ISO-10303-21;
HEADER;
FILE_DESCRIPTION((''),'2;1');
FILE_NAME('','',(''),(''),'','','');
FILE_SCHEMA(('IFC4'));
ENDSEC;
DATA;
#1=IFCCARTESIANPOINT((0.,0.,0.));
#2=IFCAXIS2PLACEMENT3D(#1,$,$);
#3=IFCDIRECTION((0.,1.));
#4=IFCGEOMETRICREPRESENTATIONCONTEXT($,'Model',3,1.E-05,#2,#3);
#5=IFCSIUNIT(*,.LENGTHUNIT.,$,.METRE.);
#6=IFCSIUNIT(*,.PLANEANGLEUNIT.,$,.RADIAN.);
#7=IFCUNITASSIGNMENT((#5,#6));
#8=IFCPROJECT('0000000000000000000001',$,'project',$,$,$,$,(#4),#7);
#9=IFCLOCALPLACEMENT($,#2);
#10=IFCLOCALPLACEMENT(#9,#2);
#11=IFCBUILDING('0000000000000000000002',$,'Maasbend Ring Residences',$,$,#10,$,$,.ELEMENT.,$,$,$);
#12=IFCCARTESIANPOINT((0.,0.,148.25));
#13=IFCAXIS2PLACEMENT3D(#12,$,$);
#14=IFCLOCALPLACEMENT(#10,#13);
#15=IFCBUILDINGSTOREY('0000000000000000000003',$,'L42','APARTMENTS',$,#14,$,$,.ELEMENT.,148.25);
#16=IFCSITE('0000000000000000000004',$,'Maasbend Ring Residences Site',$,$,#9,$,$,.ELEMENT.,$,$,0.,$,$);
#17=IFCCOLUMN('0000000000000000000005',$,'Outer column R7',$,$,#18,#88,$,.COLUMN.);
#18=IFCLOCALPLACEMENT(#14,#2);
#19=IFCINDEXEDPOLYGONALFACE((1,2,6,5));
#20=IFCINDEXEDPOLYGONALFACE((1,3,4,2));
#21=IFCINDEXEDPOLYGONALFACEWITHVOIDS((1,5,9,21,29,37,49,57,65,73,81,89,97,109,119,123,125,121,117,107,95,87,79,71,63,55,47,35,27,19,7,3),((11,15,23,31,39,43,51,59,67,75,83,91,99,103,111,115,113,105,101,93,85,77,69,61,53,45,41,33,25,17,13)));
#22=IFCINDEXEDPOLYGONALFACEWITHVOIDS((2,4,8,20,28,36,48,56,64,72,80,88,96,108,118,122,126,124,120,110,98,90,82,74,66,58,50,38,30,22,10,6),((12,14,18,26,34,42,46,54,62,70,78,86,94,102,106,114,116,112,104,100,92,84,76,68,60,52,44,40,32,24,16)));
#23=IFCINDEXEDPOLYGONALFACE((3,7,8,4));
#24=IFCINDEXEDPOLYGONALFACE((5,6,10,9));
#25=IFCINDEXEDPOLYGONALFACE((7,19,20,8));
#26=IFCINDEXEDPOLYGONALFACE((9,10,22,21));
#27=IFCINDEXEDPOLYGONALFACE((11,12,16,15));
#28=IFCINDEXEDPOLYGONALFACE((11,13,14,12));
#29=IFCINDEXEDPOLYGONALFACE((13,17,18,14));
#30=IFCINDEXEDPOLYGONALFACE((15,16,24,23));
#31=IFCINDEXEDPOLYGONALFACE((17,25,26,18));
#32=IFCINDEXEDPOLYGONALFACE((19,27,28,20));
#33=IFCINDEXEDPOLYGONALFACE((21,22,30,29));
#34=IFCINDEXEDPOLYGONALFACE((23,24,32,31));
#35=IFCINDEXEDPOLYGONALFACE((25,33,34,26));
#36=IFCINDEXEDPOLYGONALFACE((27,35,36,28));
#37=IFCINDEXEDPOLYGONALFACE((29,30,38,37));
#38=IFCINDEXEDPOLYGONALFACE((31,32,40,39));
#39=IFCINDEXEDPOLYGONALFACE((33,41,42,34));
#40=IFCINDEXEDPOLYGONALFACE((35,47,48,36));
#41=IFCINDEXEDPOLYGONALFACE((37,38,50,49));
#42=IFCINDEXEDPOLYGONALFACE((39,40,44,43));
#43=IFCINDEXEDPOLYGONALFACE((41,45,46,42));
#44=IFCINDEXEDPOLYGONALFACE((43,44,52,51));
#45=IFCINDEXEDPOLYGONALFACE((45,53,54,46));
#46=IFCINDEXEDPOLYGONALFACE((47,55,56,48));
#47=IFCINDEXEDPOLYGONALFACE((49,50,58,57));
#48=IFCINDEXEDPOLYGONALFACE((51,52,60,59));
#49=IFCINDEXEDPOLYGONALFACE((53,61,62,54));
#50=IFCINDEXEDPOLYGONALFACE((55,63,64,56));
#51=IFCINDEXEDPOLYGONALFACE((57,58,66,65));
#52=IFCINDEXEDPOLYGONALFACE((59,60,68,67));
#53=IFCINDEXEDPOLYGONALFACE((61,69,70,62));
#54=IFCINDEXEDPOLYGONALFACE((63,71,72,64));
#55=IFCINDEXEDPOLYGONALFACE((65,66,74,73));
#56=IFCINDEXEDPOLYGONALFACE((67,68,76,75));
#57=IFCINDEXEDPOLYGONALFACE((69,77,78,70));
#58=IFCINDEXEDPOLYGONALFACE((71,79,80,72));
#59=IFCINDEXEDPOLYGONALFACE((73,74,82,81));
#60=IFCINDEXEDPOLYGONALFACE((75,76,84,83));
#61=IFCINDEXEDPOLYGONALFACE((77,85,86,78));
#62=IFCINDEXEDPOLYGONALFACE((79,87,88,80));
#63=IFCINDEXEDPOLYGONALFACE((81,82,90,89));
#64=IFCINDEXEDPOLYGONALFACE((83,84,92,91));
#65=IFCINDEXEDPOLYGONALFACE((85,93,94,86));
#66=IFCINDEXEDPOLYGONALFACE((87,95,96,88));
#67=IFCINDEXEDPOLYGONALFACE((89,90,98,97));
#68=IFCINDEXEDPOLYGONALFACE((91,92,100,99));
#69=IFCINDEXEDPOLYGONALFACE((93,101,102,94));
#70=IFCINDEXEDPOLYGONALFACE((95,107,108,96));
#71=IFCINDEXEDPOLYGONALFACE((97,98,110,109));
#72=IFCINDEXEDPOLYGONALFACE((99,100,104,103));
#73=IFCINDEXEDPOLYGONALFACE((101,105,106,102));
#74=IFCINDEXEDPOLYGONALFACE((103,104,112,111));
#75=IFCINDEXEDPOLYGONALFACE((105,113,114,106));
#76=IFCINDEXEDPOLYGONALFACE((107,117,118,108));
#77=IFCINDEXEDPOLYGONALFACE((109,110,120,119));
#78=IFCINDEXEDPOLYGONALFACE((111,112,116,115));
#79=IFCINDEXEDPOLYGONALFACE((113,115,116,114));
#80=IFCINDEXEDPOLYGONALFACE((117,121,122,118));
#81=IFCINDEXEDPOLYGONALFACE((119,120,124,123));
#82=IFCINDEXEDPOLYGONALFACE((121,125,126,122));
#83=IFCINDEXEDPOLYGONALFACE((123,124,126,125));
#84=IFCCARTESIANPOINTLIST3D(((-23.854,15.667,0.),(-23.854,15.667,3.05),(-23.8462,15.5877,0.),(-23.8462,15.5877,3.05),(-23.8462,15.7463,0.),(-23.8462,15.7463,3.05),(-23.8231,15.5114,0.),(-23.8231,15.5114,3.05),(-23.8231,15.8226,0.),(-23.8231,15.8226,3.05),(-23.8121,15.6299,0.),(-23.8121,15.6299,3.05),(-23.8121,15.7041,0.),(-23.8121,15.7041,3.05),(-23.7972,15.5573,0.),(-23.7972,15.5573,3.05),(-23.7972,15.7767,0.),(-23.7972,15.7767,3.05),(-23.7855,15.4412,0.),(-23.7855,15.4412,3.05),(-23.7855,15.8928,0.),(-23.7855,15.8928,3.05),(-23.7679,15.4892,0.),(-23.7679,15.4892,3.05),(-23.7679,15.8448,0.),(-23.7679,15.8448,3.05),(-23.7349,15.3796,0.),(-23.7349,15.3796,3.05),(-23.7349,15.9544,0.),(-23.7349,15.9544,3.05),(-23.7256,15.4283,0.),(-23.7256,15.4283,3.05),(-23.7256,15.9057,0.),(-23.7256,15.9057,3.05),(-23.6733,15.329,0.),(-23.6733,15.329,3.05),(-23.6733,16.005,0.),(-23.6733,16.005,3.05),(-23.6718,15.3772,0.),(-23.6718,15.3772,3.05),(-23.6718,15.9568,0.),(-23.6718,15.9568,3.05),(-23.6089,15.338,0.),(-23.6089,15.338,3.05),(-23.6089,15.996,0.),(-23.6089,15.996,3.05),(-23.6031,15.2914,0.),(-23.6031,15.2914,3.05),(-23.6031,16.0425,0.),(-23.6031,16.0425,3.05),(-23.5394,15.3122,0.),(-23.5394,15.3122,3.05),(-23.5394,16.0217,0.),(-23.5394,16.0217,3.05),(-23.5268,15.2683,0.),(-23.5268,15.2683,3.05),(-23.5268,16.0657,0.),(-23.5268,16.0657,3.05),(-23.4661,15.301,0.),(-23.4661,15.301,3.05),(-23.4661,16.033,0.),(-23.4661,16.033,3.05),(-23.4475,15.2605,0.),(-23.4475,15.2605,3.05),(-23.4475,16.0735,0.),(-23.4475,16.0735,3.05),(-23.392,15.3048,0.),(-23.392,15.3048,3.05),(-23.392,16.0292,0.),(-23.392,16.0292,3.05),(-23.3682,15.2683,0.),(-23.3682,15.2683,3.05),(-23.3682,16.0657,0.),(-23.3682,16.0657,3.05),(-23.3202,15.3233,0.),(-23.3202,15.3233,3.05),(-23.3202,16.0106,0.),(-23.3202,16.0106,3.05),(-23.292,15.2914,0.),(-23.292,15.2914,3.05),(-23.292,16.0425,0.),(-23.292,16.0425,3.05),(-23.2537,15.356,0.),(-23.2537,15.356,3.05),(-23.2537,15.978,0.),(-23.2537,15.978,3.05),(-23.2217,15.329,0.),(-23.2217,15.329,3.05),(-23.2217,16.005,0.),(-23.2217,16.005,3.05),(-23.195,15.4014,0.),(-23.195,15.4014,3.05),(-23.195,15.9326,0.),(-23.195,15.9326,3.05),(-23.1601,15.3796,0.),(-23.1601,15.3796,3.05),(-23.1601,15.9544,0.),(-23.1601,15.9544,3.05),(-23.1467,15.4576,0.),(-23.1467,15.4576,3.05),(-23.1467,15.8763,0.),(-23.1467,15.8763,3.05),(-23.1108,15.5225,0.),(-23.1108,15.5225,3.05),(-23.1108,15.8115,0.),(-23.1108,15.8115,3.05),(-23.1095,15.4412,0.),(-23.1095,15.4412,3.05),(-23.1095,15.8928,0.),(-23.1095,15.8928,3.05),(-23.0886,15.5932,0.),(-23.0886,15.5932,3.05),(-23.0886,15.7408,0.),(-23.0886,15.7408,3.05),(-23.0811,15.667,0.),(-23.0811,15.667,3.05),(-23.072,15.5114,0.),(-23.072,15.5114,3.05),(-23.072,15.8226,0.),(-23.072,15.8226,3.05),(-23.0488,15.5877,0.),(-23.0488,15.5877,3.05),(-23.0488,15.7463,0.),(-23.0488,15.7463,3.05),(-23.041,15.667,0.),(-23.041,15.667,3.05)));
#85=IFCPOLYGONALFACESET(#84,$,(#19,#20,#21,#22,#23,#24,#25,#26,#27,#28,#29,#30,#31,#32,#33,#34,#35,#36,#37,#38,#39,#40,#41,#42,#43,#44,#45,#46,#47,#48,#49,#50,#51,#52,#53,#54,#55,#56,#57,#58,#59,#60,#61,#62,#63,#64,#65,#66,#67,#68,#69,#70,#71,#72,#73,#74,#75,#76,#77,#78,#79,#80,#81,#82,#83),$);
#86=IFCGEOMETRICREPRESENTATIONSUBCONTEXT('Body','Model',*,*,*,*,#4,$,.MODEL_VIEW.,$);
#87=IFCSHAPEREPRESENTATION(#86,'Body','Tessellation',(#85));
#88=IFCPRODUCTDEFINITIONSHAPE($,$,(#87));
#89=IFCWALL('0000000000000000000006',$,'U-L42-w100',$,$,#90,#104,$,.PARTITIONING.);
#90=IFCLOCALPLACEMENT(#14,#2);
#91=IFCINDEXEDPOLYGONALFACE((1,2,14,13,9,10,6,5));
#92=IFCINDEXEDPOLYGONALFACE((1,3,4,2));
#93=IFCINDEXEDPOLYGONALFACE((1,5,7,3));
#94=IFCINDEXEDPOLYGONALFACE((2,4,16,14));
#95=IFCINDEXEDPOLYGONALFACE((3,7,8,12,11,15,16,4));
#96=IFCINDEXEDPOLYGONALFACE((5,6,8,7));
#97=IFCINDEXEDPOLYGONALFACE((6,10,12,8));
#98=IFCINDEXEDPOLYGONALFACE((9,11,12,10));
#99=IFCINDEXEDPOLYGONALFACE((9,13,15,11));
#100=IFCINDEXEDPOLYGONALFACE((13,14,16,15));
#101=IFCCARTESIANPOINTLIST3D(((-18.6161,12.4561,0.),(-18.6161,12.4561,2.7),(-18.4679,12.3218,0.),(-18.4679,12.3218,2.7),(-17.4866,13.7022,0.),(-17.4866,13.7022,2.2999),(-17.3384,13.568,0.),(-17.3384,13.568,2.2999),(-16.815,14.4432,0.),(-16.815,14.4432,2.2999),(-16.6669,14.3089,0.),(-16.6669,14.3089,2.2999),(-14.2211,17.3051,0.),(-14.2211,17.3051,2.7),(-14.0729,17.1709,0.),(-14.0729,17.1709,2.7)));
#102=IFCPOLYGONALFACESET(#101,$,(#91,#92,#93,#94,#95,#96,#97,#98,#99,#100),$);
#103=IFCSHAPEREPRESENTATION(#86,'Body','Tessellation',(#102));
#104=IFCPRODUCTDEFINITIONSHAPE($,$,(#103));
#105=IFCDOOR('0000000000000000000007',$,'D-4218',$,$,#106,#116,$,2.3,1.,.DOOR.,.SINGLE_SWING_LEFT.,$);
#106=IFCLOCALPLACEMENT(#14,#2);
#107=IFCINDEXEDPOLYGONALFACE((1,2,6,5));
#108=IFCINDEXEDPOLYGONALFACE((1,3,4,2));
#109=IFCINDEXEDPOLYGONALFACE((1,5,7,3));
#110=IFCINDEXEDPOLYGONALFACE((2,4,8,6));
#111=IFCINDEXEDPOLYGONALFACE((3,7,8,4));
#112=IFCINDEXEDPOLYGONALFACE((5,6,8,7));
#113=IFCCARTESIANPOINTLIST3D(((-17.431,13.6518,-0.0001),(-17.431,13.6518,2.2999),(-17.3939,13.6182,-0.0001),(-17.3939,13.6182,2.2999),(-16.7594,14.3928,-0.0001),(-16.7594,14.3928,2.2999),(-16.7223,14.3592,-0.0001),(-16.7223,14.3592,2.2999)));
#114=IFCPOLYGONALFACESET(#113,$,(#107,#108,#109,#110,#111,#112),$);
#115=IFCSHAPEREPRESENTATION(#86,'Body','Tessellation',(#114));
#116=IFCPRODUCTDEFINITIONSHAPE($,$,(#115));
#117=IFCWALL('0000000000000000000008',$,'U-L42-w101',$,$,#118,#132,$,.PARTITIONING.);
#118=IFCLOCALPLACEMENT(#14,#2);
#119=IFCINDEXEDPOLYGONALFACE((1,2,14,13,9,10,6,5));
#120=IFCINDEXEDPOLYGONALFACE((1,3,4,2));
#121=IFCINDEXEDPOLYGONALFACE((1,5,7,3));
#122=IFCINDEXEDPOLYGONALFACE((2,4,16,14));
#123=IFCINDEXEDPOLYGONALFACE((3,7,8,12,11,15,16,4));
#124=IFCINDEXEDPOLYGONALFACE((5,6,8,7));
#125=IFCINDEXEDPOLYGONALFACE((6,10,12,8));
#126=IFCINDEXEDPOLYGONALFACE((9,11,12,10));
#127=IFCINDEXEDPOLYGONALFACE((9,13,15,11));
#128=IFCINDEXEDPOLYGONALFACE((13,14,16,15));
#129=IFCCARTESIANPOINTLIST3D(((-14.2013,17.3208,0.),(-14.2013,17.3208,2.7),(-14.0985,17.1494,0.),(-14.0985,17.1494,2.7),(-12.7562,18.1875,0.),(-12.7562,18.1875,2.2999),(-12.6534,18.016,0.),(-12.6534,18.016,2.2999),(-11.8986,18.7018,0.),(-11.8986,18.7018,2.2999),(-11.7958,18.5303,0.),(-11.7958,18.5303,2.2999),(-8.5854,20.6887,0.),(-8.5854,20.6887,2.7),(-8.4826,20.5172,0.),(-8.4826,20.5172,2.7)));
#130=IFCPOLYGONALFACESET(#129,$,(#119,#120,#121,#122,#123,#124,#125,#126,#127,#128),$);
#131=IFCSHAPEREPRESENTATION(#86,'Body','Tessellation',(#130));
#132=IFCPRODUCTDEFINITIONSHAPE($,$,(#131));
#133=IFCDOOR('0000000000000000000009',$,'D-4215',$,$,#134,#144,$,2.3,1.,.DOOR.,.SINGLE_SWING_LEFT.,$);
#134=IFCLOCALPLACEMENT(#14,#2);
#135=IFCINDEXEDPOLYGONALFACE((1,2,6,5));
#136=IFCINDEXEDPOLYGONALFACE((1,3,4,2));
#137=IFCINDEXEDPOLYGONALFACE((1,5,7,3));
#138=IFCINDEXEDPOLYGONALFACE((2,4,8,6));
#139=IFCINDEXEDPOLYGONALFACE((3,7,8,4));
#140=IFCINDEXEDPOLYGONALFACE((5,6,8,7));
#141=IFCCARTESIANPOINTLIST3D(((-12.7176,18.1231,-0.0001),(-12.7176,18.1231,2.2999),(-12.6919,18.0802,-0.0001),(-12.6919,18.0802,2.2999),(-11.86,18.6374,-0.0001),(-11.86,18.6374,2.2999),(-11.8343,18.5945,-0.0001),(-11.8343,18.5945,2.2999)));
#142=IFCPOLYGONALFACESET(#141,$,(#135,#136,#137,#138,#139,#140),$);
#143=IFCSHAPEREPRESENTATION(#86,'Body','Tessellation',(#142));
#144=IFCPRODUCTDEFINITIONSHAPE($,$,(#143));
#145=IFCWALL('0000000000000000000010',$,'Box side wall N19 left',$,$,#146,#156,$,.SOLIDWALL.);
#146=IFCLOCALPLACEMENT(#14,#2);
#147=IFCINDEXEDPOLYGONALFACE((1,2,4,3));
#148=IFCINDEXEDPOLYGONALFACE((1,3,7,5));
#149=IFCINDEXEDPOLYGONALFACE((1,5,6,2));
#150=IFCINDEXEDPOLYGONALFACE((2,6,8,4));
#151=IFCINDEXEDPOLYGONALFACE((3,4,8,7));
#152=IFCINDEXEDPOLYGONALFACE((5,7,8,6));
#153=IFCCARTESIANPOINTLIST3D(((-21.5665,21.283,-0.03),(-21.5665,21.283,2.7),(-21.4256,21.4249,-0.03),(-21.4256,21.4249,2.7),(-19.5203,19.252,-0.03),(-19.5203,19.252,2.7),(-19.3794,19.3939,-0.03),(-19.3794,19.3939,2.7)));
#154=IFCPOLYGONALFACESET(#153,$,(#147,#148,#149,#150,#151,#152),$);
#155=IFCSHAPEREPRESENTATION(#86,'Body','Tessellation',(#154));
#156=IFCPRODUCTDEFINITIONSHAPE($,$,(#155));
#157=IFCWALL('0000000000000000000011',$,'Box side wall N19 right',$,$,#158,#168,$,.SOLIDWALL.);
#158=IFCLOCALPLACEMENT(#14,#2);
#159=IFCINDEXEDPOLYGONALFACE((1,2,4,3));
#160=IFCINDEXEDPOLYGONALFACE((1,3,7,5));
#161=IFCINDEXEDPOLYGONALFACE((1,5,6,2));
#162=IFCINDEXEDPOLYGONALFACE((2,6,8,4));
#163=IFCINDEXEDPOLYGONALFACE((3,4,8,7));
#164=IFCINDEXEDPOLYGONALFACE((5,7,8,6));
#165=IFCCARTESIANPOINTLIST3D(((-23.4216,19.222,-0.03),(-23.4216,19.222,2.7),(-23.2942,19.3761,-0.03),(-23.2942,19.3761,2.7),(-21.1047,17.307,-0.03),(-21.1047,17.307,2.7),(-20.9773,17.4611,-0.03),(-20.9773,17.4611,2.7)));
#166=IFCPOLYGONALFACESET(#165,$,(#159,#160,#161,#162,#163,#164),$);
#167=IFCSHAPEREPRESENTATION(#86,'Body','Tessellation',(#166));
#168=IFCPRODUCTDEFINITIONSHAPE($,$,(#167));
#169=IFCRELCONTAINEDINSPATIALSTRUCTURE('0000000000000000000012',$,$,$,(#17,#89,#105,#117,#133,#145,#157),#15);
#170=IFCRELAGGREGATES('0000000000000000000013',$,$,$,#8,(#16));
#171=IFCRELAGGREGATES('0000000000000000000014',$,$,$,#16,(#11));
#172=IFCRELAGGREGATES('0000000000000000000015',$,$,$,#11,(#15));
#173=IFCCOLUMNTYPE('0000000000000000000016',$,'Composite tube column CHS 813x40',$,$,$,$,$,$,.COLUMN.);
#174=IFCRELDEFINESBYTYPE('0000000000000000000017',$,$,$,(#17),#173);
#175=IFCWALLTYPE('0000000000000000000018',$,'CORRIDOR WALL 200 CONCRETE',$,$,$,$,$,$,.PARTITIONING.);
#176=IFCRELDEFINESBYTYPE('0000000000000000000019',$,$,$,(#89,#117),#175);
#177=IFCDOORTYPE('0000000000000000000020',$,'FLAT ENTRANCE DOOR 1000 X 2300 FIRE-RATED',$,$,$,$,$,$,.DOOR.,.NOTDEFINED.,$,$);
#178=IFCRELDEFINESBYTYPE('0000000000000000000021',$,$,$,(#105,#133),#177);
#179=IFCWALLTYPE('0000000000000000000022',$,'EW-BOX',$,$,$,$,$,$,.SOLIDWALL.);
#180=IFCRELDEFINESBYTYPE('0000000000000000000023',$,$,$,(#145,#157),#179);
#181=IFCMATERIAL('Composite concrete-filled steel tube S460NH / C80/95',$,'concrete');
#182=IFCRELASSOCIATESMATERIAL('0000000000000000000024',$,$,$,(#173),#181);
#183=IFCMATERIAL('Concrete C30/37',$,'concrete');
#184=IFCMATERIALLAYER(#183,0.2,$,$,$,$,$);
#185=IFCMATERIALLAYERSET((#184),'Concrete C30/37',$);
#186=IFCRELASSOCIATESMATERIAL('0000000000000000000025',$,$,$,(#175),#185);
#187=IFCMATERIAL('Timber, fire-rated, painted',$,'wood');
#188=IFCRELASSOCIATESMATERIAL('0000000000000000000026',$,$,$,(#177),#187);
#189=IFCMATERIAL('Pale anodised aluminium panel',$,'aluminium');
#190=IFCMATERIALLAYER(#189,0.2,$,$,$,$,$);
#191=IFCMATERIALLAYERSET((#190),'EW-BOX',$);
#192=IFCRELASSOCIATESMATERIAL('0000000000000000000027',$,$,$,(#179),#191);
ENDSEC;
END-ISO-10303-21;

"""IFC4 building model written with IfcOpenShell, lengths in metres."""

from ifc_helpers import new_model, si_unit, direction, frame, frame_2d, origin, origin_2d, place, context, subcontext, project, spatial, rectangle, hollow_circle, extrude, material, layer, layer_set, material_profile, profile_set, type_object, element, fill, save


model = new_model("IFC4")

# Units and contexts
model_context = context("Model", 3, precision=1e-05, world=origin(), true_north=direction((0.0, 1.0)))
body_context = subcontext(model_context, "Body", "Model", "MODEL_VIEW")
ifc_project = project(units=[si_unit("LENGTHUNIT", "METRE"), si_unit("PLANEANGLEUNIT", "RADIAN")], contexts=[model_context])

# Site, building, storey
site_placement = place(None, origin())
site = spatial("IfcSite", under=ifc_project, at=site_placement, Name="Maasbend Ring Residences Site", CompositionType="ELEMENT", RefElevation=0.0)
building_placement = place(site_placement, origin())
building = spatial("IfcBuilding", under=site, at=building_placement, Name="Maasbend Ring Residences", CompositionType="ELEMENT")
storey_placement = place(building_placement, frame((0.0, 0.0, 148.25)))
storey = spatial("IfcBuildingStorey", under=building, at=storey_placement, Name="L42", Description="APARTMENTS", CompositionType="ELEMENT", Elevation=148.25)

# Column
ifc_material_1 = material(Name="Composite concrete-filled steel tube S460NH / C80/95", Category="concrete")
ifc_material_profile = material_profile(ifc_material_1, hollow_circle(Radius=0.4065, WallThickness=0.04, at=origin_2d()), Name="Composite tube column CHS 813x40")
ifc_profile_set = profile_set([ifc_material_profile], Name="Composite concrete-filled steel tube S460NH / C80/95")
column_type = type_object("IfcColumnType", Name="Composite tube column CHS 813x40", PredefinedType="COLUMN", material=ifc_profile_set)
column_placement = place(storey_placement, frame((-23.4475, 15.667, 0.0), z_axis=(0.0, 0.0, 1.0), x_axis=(1.0, 0.0, 0.0)))
element("IfcColumn", 1, at=column_placement, inside=storey, type_object=column_type, Name="Outer column R7", PredefinedType="COLUMN", context=body_context, shape_type="SweptSolid", body=[
    extrude(hollow_circle(Radius=0.4065, WallThickness=0.04, at=origin_2d()), origin(), (0.0, 0.0, 1.0), 3.05),
])

# Walls, openings, doors
ifc_material_2 = material(Name="Concrete C30/37", Category="concrete")
ifc_layer_1 = layer(ifc_material_2, 0.2)
ifc_layer_set_1 = layer_set([ifc_layer_1], Name="Concrete C30/37")
wall_type_1 = type_object("IfcWallType", Name="CORRIDOR WALL 200 CONCRETE", PredefinedType="PARTITIONING", material=ifc_layer_set_1)
wall_1_placement = place(storey_placement, frame((-18.542, 12.3889, 0.0), z_axis=(0.0, 0.0, 1.0), x_axis=(0.671562, 0.740949, 0.0)))
wall_1 = element("IfcWall", 2, at=wall_1_placement, inside=storey, type_object=wall_type_1, Name="U-L42-w100", PredefinedType="PARTITIONING", context=body_context, shape_type="SweptSolid", body=[
    extrude(rectangle(XDim=6.5444, YDim=0.2, at=frame_2d((3.2722, 0.0))), origin(), (0.0, 0.0, 1.0), 2.7),
])
opening_1_placement = place(wall_1_placement, frame((1.6819, 0.0, 0.0)))
opening_1 = element("IfcOpeningElement", 3, at=opening_1_placement, cuts=wall_1, PredefinedType="OPENING", context=body_context, shape_type="SweptSolid", body=[
    extrude(rectangle(XDim=1.0, YDim=2.3, at=frame_2d((0.5, 1.1499))), frame((0.0, 0.1099, 0.0), z_axis=(0.0, -1.0, 0.0), x_axis=(1.0, 0.0, 0.0)), (0.0, 0.0, 1.0), 0.22),
])
ifc_material_3 = material(Name="Timber, fire-rated, painted", Category="wood")
door_type_1 = type_object("IfcDoorType", Name="FLAT ENTRANCE DOOR 1000 X 2300 FIRE-RATED", OperationType="NOTDEFINED", PredefinedType="DOOR", material=ifc_material_3)
door_1_placement = place(opening_1_placement, origin())
door_1 = element("IfcDoor", 4, at=door_1_placement, inside=storey, type_object=door_type_1, Name="D-4218", OperationType="SINGLE_SWING_LEFT", OverallHeight=2.3, OverallWidth=1.0, PredefinedType="DOOR", context=body_context, shape_type="SweptSolid", body=[
    extrude(rectangle(XDim=1.0, YDim=2.3, at=frame_2d((0.5, 1.1499))), frame((0.0, 0.0249, 0.0), z_axis=(0.0, -1.0, 0.0), x_axis=(1.0, 0.0, 0.0)), (0.0, 0.0, 1.0), 0.05),
])
fill(opening_1, door_1)
wall_2_placement = place(storey_placement, frame((-14.1499, 17.2351, 0.0), z_axis=(0.0, 0.0, 1.0), x_axis=(0.857605, 0.514309, 0.0)))
wall_2 = element("IfcWall", 5, at=wall_2_placement, inside=storey, type_object=wall_type_1, Name="U-L42-w101", PredefinedType="PARTITIONING", context=body_context, shape_type="SweptSolid", body=[
    extrude(rectangle(XDim=6.5483, YDim=0.2, at=frame_2d((3.2742, 0.0))), origin(), (0.0, 0.0, 1.0), 2.7),
])
opening_2_placement = place(wall_2_placement, frame((1.6851, 0.0, 0.0)))
opening_2 = element("IfcOpeningElement", 6, at=opening_2_placement, cuts=wall_2, PredefinedType="OPENING", context=body_context, shape_type="SweptSolid", body=[
    extrude(rectangle(XDim=1.0, YDim=2.3, at=frame_2d((0.5, 1.1499))), frame((0.0, 0.1099, 0.0), z_axis=(0.0, -1.0, 0.0), x_axis=(1.0, 0.0, 0.0)), (0.0, 0.0, 1.0), 0.22),
])
door_2_placement = place(opening_2_placement, origin())
door_2 = element("IfcDoor", 7, at=door_2_placement, inside=storey, type_object=door_type_1, Name="D-4215", OperationType="SINGLE_SWING_LEFT", OverallHeight=2.3, OverallWidth=1.0, PredefinedType="DOOR", context=body_context, shape_type="SweptSolid", body=[
    extrude(rectangle(XDim=1.0, YDim=2.3, at=frame_2d((0.5, 1.1499))), frame((0.0, 0.0249, 0.0), z_axis=(0.0, -1.0, 0.0), x_axis=(1.0, 0.0, 0.0)), (0.0, 0.0, 1.0), 0.05),
])
fill(opening_2, door_2)

# Walls
ifc_material_4 = material(Name="Pale anodised aluminium panel", Category="aluminium")
ifc_layer_2 = layer(ifc_material_4, 0.2)
ifc_layer_set_2 = layer_set([ifc_layer_2], Name="EW-BOX")
wall_type_2 = type_object("IfcWallType", Name="EW-BOX", PredefinedType="SOLIDWALL", material=ifc_layer_set_2)
wall_3_placement = place(storey_placement, frame((-19.45, 19.323, -0.03), z_axis=(0.0, 0.0, 1.0), x_axis=(-0.709727, 0.704477, 0.0)))
element("IfcWall", 8, at=wall_3_placement, inside=storey, type_object=wall_type_2, Name="Box side wall N19 left", PredefinedType="SOLIDWALL", context=body_context, shape_type="SweptSolid", body=[
    extrude(rectangle(XDim=2.8831, YDim=0.2, at=frame_2d((1.4414, 0.0))), origin(), (0.0, 0.0, 1.0), 2.73),
])
wall_4_placement = place(storey_placement, frame((-21.041, 17.384, -0.03), z_axis=(0.0, 0.0, 1.0), x_axis=(-0.770785, 0.637096, 0.0)))
element("IfcWall", 9, at=wall_4_placement, inside=storey, type_object=wall_type_2, Name="Box side wall N19 right", PredefinedType="SOLIDWALL", context=body_context, shape_type="SweptSolid", body=[
    extrude(rectangle(XDim=3.0059, YDim=0.2, at=frame_2d((1.5029, 0.0))), origin(), (0.0, 0.0, 1.0), 2.73),
])

save(model, "model.ifc")
